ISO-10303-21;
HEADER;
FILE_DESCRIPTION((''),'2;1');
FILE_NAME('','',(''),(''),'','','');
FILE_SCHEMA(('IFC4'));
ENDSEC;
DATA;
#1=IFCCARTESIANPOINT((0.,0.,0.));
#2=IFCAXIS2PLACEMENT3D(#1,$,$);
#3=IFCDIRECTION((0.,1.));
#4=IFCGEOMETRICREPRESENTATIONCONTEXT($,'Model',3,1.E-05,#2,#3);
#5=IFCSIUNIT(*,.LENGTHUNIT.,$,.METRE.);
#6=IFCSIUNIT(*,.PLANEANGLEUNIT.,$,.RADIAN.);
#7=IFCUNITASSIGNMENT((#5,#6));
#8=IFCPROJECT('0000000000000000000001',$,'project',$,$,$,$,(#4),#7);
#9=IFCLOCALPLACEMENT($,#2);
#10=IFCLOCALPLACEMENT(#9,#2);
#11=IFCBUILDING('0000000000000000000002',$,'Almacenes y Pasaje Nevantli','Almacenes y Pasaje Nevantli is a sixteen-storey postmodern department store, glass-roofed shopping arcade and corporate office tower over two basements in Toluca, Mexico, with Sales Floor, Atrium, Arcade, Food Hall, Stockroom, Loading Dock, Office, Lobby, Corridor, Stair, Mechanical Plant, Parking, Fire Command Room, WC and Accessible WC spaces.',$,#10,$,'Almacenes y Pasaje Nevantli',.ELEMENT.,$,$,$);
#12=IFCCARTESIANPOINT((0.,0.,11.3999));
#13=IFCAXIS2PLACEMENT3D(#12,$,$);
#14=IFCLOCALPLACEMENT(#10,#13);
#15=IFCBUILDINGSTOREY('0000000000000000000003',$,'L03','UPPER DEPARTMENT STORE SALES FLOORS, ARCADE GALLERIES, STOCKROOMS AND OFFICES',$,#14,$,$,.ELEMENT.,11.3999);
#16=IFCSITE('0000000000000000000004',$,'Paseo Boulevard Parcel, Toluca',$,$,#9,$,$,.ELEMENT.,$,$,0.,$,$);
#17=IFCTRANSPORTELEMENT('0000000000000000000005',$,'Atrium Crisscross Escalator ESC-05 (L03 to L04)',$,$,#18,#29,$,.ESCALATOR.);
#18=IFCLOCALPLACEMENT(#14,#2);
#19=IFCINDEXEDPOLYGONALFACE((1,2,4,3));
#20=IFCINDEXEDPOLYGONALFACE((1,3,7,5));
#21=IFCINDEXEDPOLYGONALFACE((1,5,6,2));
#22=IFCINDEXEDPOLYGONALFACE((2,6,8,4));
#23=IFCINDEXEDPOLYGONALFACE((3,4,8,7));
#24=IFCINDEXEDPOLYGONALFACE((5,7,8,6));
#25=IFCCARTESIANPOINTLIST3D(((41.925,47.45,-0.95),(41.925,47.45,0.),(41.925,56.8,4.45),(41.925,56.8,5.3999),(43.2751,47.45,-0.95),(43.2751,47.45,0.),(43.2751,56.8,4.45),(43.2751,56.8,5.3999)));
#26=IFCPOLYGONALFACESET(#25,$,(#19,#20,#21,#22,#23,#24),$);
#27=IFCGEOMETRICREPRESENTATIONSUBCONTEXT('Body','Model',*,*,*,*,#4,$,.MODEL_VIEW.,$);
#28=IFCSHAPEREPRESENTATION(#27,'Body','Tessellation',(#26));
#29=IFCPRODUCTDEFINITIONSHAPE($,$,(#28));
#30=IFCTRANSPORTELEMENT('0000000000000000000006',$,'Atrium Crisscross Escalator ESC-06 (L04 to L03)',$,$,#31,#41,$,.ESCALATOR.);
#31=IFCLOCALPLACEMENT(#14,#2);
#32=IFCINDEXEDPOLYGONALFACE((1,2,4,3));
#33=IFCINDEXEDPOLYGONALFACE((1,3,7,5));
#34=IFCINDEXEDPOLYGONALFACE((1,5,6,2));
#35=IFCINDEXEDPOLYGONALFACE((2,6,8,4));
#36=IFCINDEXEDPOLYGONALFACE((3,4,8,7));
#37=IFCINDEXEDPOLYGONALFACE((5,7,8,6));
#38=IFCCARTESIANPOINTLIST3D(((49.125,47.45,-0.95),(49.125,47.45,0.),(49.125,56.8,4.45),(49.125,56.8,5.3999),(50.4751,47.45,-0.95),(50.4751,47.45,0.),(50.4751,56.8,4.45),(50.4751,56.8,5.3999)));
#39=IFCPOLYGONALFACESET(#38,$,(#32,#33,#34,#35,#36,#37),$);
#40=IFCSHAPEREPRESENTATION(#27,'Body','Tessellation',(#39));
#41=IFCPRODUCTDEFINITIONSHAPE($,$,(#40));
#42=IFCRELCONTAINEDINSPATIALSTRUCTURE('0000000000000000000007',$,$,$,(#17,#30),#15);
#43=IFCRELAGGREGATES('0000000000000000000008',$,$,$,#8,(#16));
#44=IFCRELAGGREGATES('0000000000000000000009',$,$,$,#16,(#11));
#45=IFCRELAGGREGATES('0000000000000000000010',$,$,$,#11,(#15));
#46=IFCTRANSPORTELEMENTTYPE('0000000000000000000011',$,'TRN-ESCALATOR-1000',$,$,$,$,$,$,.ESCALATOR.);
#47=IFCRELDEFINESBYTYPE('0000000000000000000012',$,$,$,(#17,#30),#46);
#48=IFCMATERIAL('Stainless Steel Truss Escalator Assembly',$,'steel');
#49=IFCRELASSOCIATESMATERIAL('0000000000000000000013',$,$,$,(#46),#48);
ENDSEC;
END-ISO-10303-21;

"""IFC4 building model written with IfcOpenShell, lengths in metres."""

from ifc_helpers import new_model, si_unit, direction, frame, origin, place, context, subcontext, project, spatial, polyline, outline, extrude, material, type_object, element, save


model = new_model("IFC4")

# Units and contexts
model_context = context("Model", 3, precision=1e-05, world=origin(), true_north=direction((0.0, 1.0)))
body_context = subcontext(model_context, "Body", "Model", "MODEL_VIEW")
ifc_project = project(units=[si_unit("LENGTHUNIT", "METRE"), si_unit("PLANEANGLEUNIT", "RADIAN")], contexts=[model_context])

# Site, building, storey
site_placement = place(None, origin())
site = spatial("IfcSite", under=ifc_project, at=site_placement, Name="Paseo Boulevard Parcel, Toluca", CompositionType="ELEMENT", RefElevation=0.0)
building_placement = place(site_placement, origin())
building = spatial("IfcBuilding", under=site, at=building_placement, Name="Almacenes y Pasaje Nevantli", Description="Almacenes y Pasaje Nevantli is a sixteen-storey postmodern department store, glass-roofed shopping arcade and corporate office tower over two basements in Toluca, Mexico, with Sales Floor, Atrium, Arcade, Food Hall, Stockroom, Loading Dock, Office, Lobby, Corridor, Stair, Mechanical Plant, Parking, Fire Command Room, WC and Accessible WC spaces.", LongName="Almacenes y Pasaje Nevantli", CompositionType="ELEMENT")
storey_placement = place(building_placement, frame((0.0, 0.0, 11.3999)))
storey = spatial("IfcBuildingStorey", under=building, at=storey_placement, Name="L03", Description="UPPER DEPARTMENT STORE SALES FLOORS, ARCADE GALLERIES, STOCKROOMS AND OFFICES", CompositionType="ELEMENT", Elevation=11.3999)

# Transport elements
ifc_material_1 = material(Name="Stainless Steel Truss Escalator Assembly", Category="steel")
transport_element_type = type_object("IfcTransportElementType", Name="TRN-ESCALATOR-1000", PredefinedType="ESCALATOR", material=ifc_material_1)
for number, where, z_axis, x_axis, name in (
    (1, (42.6001, 47.45, 0.0), (0.0, 0.0, 1.0), (0.0, 1.0, 0.0), "Atrium Crisscross Escalator ESC-05 (L03 to L04)"),
    (2, (49.8, 47.45, 0.0), (0.0, 0.0, 1.0), (0.0, 1.0, 0.0), "Atrium Crisscross Escalator ESC-06 (L04 to L03)"),
):
    element("IfcTransportElement", number, at=place(storey_placement, frame(where, z_axis=z_axis, x_axis=x_axis)), inside=storey, type_object=transport_element_type, Name=name, PredefinedType="ESCALATOR", context=body_context, shape_type="SweptSolid", body=[
        extrude(outline(polyline([(0.0, -0.95), (9.3501, 4.45), (9.3501, 5.3999), (0.0, 0.0), (0.0, -0.95)])), frame((0.0, 0.675, 0.0), z_axis=(0.0, -1.0, 0.0), x_axis=(1.0, 0.0, 0.0)), (0.0, 0.0, 1.0), 1.3501),
    ])

save(model, "model.ifc")
